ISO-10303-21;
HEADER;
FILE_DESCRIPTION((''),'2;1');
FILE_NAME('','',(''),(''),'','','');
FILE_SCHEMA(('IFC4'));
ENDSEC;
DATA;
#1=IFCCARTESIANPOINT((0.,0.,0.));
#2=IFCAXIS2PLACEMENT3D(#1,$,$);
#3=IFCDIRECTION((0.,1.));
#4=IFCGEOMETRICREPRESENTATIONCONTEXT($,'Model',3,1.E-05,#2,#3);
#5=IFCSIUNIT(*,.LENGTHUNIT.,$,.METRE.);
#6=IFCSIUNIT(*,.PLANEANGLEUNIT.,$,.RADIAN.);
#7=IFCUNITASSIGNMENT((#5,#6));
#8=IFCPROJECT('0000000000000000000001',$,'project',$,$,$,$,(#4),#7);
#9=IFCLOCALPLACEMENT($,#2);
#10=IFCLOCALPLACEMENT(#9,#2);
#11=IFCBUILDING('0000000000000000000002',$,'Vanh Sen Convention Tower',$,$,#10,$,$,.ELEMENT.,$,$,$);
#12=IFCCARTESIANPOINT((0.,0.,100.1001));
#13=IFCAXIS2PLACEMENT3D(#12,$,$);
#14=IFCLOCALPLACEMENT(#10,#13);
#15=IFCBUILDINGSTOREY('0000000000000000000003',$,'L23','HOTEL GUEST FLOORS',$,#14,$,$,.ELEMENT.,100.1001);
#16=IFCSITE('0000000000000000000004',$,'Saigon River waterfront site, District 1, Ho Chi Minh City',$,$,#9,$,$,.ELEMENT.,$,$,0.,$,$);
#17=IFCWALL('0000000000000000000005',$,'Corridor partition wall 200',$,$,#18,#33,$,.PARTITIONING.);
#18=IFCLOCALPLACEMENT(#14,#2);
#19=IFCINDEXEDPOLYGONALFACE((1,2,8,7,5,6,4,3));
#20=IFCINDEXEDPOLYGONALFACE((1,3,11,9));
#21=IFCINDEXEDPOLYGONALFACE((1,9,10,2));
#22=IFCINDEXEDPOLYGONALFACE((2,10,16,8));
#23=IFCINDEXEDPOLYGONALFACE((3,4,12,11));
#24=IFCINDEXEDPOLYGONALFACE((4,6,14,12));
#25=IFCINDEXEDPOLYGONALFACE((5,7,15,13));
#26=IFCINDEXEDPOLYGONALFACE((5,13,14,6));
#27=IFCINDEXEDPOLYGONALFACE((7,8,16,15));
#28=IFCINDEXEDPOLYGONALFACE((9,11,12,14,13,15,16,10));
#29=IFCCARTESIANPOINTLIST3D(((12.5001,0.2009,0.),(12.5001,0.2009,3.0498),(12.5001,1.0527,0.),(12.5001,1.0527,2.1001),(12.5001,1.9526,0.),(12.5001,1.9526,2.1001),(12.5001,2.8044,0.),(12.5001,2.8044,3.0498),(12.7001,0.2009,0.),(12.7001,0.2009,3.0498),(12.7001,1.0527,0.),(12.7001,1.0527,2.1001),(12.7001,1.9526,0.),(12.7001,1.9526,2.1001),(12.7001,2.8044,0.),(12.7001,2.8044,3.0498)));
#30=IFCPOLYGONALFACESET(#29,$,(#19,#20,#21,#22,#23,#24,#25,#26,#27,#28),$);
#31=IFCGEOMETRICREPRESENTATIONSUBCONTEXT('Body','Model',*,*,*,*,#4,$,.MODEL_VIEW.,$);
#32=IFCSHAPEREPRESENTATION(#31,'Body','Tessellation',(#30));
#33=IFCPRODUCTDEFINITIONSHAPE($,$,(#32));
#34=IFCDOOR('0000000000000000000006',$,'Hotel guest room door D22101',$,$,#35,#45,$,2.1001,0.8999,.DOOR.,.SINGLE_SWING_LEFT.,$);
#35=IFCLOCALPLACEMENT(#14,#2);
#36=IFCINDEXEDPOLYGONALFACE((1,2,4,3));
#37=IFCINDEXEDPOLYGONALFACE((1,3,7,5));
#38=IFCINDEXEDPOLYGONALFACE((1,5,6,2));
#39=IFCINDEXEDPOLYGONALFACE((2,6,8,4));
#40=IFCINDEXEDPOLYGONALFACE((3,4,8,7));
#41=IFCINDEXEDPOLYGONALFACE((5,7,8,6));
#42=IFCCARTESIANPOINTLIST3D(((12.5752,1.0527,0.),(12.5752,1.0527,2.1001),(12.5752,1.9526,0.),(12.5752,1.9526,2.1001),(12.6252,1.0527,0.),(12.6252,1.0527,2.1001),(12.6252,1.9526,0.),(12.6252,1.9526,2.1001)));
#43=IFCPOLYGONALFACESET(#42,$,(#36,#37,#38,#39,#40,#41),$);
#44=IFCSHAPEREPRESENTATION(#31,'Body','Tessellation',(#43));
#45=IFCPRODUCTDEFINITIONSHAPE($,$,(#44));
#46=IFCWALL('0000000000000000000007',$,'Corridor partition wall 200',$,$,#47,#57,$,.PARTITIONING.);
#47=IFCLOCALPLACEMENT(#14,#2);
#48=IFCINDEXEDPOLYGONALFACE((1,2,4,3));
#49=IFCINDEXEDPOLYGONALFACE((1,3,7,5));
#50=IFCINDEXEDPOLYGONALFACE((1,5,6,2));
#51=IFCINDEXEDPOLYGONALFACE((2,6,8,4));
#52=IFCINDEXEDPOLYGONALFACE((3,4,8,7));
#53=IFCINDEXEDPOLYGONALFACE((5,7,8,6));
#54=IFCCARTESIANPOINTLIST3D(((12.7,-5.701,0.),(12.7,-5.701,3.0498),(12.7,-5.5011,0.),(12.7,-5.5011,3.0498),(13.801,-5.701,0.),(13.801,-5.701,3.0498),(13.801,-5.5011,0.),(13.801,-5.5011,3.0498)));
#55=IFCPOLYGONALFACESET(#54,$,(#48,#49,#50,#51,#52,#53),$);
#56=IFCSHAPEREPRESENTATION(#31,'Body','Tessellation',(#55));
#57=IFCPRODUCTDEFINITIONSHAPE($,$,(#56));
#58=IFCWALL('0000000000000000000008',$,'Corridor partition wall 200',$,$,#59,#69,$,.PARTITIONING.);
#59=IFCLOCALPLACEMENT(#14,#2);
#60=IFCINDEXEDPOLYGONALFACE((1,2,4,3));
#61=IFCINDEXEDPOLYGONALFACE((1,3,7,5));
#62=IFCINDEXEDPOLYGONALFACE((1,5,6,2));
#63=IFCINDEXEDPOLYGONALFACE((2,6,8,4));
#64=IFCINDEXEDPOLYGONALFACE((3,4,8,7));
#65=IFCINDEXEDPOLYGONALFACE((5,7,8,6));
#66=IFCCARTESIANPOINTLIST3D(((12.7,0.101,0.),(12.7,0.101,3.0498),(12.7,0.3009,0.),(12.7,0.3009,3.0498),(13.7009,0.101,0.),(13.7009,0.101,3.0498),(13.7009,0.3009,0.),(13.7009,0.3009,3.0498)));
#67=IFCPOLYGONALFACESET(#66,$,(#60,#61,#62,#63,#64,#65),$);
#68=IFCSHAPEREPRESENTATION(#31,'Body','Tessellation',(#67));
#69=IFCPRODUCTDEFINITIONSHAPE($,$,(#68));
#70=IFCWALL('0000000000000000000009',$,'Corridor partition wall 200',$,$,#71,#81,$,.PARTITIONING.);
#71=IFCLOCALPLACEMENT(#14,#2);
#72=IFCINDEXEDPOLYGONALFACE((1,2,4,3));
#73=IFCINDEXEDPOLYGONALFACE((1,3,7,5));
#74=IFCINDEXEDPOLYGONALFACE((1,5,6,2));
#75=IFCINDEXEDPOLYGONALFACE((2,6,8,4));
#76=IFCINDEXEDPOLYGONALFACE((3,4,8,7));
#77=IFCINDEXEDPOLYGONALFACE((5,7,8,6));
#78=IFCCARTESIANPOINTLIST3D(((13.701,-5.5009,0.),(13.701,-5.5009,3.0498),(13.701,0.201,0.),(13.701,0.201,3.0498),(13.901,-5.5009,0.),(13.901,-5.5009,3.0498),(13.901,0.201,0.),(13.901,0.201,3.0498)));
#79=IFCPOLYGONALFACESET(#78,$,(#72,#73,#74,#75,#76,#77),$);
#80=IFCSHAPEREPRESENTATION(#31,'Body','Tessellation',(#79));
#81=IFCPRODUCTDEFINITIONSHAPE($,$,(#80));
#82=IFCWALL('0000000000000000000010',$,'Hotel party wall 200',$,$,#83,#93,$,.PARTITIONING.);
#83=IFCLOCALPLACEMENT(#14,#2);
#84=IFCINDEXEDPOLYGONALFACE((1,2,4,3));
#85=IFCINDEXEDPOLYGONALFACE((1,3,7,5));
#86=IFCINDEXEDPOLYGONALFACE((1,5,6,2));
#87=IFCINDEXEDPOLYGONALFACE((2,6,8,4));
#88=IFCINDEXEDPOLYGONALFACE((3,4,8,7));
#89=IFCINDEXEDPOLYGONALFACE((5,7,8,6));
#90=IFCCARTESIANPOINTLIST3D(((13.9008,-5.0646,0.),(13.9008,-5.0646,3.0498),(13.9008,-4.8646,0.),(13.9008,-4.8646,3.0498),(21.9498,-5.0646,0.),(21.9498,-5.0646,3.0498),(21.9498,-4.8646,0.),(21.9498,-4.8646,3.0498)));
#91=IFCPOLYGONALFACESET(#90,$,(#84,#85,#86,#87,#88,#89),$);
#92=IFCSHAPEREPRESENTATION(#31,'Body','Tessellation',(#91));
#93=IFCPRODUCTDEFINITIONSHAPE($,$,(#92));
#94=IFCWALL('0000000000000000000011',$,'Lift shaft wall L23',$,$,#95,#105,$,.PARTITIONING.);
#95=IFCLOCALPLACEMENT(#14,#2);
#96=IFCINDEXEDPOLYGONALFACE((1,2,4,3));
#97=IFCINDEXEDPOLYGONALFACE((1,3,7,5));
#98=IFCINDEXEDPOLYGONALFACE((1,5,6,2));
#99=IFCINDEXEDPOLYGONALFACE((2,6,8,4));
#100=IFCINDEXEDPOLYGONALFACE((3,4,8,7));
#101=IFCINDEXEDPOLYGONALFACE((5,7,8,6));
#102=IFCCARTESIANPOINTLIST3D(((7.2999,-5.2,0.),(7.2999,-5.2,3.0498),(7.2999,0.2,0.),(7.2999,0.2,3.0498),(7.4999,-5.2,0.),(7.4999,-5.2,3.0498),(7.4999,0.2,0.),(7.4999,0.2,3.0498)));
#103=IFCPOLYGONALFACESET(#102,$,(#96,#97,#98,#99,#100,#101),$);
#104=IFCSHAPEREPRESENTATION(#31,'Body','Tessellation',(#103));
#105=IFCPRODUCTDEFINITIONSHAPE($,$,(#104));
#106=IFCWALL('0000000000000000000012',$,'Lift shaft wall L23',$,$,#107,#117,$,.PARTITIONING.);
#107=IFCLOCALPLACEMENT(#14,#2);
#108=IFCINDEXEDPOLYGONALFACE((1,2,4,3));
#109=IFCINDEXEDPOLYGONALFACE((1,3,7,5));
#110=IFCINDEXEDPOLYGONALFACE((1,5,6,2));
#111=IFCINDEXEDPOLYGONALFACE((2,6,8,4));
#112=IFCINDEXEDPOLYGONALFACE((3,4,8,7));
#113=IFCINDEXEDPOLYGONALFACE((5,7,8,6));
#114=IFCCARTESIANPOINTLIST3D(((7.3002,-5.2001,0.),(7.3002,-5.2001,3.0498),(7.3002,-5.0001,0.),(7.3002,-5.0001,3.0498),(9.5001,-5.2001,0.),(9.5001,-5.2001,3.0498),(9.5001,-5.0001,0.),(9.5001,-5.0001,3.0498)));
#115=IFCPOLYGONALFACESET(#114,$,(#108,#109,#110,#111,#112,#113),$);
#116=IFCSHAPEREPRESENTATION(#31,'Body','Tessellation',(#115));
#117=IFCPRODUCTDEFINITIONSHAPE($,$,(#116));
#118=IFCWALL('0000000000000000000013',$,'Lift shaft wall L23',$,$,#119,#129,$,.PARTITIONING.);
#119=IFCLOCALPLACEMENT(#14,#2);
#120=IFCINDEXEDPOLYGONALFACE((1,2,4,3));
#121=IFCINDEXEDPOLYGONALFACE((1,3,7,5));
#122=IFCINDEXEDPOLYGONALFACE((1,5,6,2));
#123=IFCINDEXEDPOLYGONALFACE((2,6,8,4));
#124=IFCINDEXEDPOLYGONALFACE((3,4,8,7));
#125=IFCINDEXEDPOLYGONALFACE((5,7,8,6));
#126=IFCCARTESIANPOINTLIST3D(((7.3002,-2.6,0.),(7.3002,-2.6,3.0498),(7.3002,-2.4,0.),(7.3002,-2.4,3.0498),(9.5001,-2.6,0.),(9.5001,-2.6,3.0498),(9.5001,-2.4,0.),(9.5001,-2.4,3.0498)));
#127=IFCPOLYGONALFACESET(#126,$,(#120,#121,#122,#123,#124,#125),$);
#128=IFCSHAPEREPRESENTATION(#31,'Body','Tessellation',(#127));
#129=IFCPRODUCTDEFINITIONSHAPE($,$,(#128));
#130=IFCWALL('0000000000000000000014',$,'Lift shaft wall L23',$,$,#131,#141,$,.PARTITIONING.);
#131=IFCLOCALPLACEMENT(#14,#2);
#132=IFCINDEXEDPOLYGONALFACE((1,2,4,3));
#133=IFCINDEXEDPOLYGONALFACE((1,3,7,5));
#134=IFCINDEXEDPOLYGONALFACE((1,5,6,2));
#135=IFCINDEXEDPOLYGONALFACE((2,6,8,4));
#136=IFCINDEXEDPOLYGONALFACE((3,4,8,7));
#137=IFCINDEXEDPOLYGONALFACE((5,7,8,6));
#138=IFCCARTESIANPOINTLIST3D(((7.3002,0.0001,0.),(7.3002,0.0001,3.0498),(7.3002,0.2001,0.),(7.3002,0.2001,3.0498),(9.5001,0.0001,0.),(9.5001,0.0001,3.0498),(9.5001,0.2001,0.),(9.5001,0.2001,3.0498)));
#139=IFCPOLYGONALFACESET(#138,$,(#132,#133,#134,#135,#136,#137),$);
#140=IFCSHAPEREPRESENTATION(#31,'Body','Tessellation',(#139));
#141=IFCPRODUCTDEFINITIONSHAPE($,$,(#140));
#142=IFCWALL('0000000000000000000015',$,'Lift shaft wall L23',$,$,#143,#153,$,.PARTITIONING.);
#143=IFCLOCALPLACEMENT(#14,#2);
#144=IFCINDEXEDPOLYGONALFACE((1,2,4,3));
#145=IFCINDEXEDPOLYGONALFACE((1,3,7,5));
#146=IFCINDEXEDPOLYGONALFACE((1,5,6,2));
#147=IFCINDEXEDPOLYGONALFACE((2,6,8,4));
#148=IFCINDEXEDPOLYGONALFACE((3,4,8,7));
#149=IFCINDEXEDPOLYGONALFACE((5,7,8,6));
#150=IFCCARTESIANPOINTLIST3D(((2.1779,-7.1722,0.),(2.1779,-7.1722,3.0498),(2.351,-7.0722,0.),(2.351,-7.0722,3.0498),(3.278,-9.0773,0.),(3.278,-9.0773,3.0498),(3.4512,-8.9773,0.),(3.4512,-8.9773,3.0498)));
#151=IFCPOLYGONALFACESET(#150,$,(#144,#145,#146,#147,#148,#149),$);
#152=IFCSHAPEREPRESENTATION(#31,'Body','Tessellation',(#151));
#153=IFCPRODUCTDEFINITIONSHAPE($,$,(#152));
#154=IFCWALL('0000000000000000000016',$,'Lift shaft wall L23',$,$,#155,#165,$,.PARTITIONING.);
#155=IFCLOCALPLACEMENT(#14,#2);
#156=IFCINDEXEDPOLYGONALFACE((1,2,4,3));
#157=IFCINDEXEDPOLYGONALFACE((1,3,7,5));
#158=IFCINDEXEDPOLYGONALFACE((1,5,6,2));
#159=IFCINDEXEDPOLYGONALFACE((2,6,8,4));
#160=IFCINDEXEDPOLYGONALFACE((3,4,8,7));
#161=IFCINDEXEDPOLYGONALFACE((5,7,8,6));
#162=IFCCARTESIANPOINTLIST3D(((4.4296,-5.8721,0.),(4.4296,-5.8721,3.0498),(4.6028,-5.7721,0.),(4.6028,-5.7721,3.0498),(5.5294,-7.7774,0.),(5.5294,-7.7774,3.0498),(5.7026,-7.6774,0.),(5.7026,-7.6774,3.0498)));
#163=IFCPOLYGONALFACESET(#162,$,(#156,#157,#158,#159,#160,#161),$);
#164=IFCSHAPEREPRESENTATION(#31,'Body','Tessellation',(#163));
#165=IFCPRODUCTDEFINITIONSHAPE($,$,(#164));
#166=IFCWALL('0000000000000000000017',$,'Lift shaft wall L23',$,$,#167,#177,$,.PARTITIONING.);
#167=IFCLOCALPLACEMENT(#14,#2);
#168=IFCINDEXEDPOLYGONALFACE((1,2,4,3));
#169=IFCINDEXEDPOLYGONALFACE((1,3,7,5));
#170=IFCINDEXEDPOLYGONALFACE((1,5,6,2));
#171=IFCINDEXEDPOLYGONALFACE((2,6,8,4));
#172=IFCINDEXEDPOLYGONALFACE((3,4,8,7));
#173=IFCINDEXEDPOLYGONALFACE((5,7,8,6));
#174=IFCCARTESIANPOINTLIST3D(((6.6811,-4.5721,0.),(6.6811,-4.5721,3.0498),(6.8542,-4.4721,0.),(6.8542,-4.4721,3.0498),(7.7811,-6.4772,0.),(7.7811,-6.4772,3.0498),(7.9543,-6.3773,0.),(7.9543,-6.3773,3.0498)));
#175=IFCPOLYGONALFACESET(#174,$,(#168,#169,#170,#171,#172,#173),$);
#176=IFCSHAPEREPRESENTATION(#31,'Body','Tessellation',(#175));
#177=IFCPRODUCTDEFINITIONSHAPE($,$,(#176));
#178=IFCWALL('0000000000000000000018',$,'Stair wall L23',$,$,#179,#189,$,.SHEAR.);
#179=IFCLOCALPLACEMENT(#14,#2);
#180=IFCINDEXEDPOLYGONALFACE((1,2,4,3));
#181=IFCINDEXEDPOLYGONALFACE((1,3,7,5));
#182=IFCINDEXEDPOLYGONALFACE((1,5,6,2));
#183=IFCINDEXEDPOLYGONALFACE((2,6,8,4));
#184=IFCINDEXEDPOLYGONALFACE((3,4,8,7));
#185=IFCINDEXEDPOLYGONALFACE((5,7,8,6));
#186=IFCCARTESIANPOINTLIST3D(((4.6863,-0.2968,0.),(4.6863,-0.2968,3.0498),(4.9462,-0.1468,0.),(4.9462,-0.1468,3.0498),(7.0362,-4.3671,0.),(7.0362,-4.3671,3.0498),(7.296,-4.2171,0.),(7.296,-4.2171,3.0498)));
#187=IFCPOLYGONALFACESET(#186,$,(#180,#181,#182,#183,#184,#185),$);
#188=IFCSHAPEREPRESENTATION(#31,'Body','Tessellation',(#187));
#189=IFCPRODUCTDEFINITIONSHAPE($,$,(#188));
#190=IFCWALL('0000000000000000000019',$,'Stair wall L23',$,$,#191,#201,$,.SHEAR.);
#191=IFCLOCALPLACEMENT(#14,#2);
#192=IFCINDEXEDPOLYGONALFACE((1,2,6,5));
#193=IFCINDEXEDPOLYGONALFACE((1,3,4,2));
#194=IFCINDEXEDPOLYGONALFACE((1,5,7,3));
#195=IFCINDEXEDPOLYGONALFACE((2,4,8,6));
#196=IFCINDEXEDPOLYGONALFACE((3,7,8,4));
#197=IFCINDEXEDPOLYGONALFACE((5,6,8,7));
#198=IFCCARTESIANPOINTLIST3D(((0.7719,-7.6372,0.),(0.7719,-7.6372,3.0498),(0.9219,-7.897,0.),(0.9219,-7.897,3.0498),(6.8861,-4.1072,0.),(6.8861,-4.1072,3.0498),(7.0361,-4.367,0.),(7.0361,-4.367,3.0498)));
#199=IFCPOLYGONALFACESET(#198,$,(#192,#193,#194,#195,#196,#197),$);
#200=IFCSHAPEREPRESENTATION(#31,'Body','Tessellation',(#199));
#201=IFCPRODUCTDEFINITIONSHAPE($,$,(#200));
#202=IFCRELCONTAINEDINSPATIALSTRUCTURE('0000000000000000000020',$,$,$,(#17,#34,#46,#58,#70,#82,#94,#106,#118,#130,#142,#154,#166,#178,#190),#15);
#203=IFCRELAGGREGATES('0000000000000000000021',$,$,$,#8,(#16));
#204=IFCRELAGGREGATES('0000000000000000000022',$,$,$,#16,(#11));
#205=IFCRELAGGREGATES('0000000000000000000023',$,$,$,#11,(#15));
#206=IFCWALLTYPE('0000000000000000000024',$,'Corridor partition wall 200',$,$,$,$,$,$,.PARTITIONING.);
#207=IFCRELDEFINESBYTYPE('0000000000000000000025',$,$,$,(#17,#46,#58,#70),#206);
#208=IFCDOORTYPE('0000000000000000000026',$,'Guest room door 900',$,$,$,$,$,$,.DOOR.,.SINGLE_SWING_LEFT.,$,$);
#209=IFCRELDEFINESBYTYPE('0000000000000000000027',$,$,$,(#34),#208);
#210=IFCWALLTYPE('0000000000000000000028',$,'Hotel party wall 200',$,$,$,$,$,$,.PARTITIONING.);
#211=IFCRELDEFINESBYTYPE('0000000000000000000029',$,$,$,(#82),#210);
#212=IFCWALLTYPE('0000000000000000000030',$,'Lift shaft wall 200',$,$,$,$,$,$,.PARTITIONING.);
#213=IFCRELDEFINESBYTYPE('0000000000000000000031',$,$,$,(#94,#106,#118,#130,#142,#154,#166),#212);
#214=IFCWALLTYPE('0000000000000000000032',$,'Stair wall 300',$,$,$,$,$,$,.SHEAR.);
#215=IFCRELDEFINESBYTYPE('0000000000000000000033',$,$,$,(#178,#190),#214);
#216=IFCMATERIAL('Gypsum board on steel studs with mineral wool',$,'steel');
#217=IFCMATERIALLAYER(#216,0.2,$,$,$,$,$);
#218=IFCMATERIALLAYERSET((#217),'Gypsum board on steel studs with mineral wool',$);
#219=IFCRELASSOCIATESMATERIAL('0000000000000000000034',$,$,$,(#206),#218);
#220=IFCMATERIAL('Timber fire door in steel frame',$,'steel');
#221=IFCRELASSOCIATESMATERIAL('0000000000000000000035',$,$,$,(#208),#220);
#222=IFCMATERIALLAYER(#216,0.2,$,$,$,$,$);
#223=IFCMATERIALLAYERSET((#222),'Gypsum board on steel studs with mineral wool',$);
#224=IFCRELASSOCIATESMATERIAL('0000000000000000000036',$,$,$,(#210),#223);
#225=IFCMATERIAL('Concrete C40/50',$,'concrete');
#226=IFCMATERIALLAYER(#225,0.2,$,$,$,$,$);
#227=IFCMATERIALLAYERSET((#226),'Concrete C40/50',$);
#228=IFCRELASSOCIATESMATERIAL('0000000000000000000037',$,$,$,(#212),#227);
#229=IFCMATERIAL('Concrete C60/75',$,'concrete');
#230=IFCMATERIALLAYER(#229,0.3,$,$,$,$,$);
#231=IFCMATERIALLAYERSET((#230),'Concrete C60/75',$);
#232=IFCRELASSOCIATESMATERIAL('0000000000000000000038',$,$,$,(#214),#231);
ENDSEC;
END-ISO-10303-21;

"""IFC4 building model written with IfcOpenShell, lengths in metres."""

from ifc_helpers import new_model, si_unit, direction, frame, frame_2d, origin, place, context, subcontext, project, spatial, rectangle, extrude, material, layer, layer_set, type_object, element, fill, save


model = new_model("IFC4")

# Units and contexts
model_context = context("Model", 3, precision=1e-05, world=origin(), true_north=direction((0.0, 1.0)))
body_context = subcontext(model_context, "Body", "Model", "MODEL_VIEW")
ifc_project = project(units=[si_unit("LENGTHUNIT", "METRE"), si_unit("PLANEANGLEUNIT", "RADIAN")], contexts=[model_context])

# Site, building, storey
site_placement = place(None, origin())
site = spatial("IfcSite", under=ifc_project, at=site_placement, Name="Saigon River waterfront site, District 1, Ho Chi Minh City", CompositionType="ELEMENT", RefElevation=0.0)
building_placement = place(site_placement, origin())
building = spatial("IfcBuilding", under=site, at=building_placement, Name="Vanh Sen Convention Tower", CompositionType="ELEMENT")
storey_placement = place(building_placement, frame((0.0, 0.0, 100.1001)))
storey = spatial("IfcBuildingStorey", under=building, at=storey_placement, Name="L23", Description="HOTEL GUEST FLOORS", CompositionType="ELEMENT", Elevation=100.1001)

# Shared definitions
ifc_material_1 = material(Name="Gypsum board on steel studs with mineral wool", Category="steel")
ifc_layer_1 = layer(ifc_material_1, 0.2)
ifc_layer_set_1 = layer_set([ifc_layer_1], Name="Gypsum board on steel studs with mineral wool")
wall_type_1 = type_object("IfcWallType", Name="Corridor partition wall 200", PredefinedType="PARTITIONING", material=ifc_layer_set_1)

# Shared definitions
ifc_material_2 = material(Name="Timber fire door in steel frame", Category="steel")
door_type_1 = type_object("IfcDoorType", Name="Guest room door 900", OperationType="SINGLE_SWING_LEFT", PredefinedType="DOOR", material=ifc_material_2)

# Wall, opening, door
wall_1_placement = place(storey_placement, frame((12.6001, 0.2009, 0.0), z_axis=(0.0, 0.0, 1.0), x_axis=(0.0, 1.0, 0.0)))
wall_1 = element("IfcWall", 1, at=wall_1_placement, inside=storey, type_object=wall_type_1, Name="Corridor partition wall 200", PredefinedType="PARTITIONING", context=body_context, shape_type="SweptSolid", body=[
    extrude(rectangle(XDim=2.6035, YDim=0.2, at=frame_2d((1.3018, 0.0))), origin(), (0.0, 0.0, 1.0), 3.0498),
])
opening_1_placement = place(wall_1_placement, frame((0.8518, 0.0, 0.0)))
opening_1 = element("IfcOpeningElement", 2, at=opening_1_placement, cuts=wall_1, PredefinedType="OPENING", context=body_context, shape_type="SweptSolid", body=[
    extrude(rectangle(XDim=0.8999, YDim=2.1001, at=frame_2d((0.45, 1.05))), frame((0.0, 0.1099, 0.0), z_axis=(0.0, -1.0, 0.0), x_axis=(1.0, 0.0, 0.0)), (0.0, 0.0, 1.0), 0.22),
])
door_1_placement = place(opening_1_placement, origin())
door_1 = element("IfcDoor", 3, at=door_1_placement, inside=storey, type_object=door_type_1, Name="Hotel guest room door D22101", OperationType="SINGLE_SWING_LEFT", OverallHeight=2.1001, OverallWidth=0.8999, PredefinedType="DOOR", context=body_context, shape_type="SweptSolid", body=[
    extrude(rectangle(XDim=0.8999, YDim=2.1001, at=frame_2d((0.45, 1.05))), frame((0.0, 0.0249, 0.0), z_axis=(0.0, -1.0, 0.0), x_axis=(1.0, 0.0, 0.0)), (0.0, 0.0, 1.0), 0.05),
])
fill(opening_1, door_1)

# Walls
wall_2_placement = place(storey_placement, frame((12.7, -5.6011, 0.0), z_axis=(0.0, 0.0, 1.0), x_axis=(1.0, 0.0, 0.0)))
element("IfcWall", 4, at=wall_2_placement, inside=storey, type_object=wall_type_1, Name="Corridor partition wall 200", PredefinedType="PARTITIONING", context=body_context, shape_type="SweptSolid", body=[
    extrude(rectangle(XDim=1.1011, YDim=0.2, at=frame_2d((0.5505, 0.0))), origin(), (0.0, 0.0, 1.0), 3.0498),
])
wall_3_placement = place(storey_placement, frame((13.7009, 0.2009, 0.0), z_axis=(0.0, 0.0, 1.0), x_axis=(-1.0, 0.0, 0.0)))
element("IfcWall", 5, at=wall_3_placement, inside=storey, type_object=wall_type_1, Name="Corridor partition wall 200", PredefinedType="PARTITIONING", context=body_context, shape_type="SweptSolid", body=[
    extrude(rectangle(XDim=1.001, YDim=0.2, at=frame_2d((0.5005, 0.0))), origin(), (0.0, 0.0, 1.0), 3.0498),
])
wall_4_placement = place(storey_placement, frame((13.801, -5.501, 0.0), z_axis=(0.0, 0.0, 1.0), x_axis=(0.0, 1.0, 0.0)))
element("IfcWall", 6, at=wall_4_placement, inside=storey, type_object=wall_type_1, Name="Corridor partition wall 200", PredefinedType="PARTITIONING", context=body_context, shape_type="SweptSolid", body=[
    extrude(rectangle(XDim=5.7019, YDim=0.2, at=frame_2d((2.8511, 0.0))), origin(), (0.0, 0.0, 1.0), 3.0498),
])
ifc_layer_2 = layer(ifc_material_1, 0.2)
ifc_layer_set_2 = layer_set([ifc_layer_2], Name="Gypsum board on steel studs with mineral wool")
wall_type_2 = type_object("IfcWallType", Name="Hotel party wall 200", PredefinedType="PARTITIONING", material=ifc_layer_set_2)
wall_5_placement = place(storey_placement, frame((13.9009, -4.9646, 0.0), z_axis=(0.0, 0.0, 1.0), x_axis=(1.0, 0.0, 0.0)))
element("IfcWall", 7, at=wall_5_placement, inside=storey, type_object=wall_type_2, Name="Hotel party wall 200", PredefinedType="PARTITIONING", context=body_context, shape_type="SweptSolid", body=[
    extrude(rectangle(XDim=8.0491, YDim=0.2, at=frame_2d((4.0244, 0.0))), origin(), (0.0, 0.0, 1.0), 3.0498),
])
ifc_material_3 = material(Name="Concrete C40/50", Category="concrete")
ifc_layer_3 = layer(ifc_material_3, 0.2)
ifc_layer_set_3 = layer_set([ifc_layer_3], Name="Concrete C40/50")
wall_type_3 = type_object("IfcWallType", Name="Lift shaft wall 200", PredefinedType="PARTITIONING", material=ifc_layer_set_3)
wall_6_placement = place(storey_placement, frame((7.3999, -5.2, 0.0), z_axis=(0.0, 0.0, 1.0), x_axis=(0.0, 1.0, 0.0)))
element("IfcWall", 8, at=wall_6_placement, inside=storey, type_object=wall_type_3, Name="Lift shaft wall L23", PredefinedType="PARTITIONING", context=body_context, shape_type="SweptSolid", body=[
    extrude(rectangle(XDim=5.3999, YDim=0.2, at=frame_2d((2.7, 0.0))), origin(), (0.0, 0.0, 1.0), 3.0498),
])
for number, where, z_axis, x_axis, name in (
    (9, (7.3, -5.1001, 0.0), (0.0, 0.0, 1.0), (1.0, 0.0, 0.0), "Lift shaft wall L23"),
    (10, (7.3, -2.5, 0.0), (0.0, 0.0, 1.0), (1.0, 0.0, 0.0), "Lift shaft wall L23"),
    (11, (7.3, 0.1001, 0.0), (0.0, 0.0, 1.0), (1.0, 0.0, 0.0), "Lift shaft wall L23"),
    (12, (2.2644, -7.1221, 0.0), (0.0, 0.0, 1.0), (0.500078, -0.86598, 0.0), "Lift shaft wall L23"),
    (13, (4.5161, -5.822, 0.0), (0.0, 0.0, 1.0), (0.499947, -0.866056, 0.0), "Lift shaft wall L23"),
    (14, (6.7676, -4.522, 0.0), (0.0, 0.0, 1.0), (0.50003, -0.866008, 0.0), "Lift shaft wall L23"),
):
    element("IfcWall", number, at=place(storey_placement, frame(where, z_axis=z_axis, x_axis=x_axis)), inside=storey, type_object=wall_type_3, Name=name, PredefinedType="PARTITIONING", context=body_context, shape_type="SweptSolid", body=[
        extrude(rectangle(XDim=2.2, YDim=0.2, at=frame_2d((1.1001, 0.0))), origin(), (0.0, 0.0, 1.0), 3.0498),
    ])
ifc_material_4 = material(Name="Concrete C60/75", Category="concrete")
ifc_layer_4 = layer(ifc_material_4, 0.3)
ifc_layer_set_4 = layer_set([ifc_layer_4], Name="Concrete C60/75")
wall_type_4 = type_object("IfcWallType", Name="Stair wall 300", PredefinedType="SHEAR", material=ifc_layer_set_4)
wall_7_placement = place(storey_placement, frame((4.8162, -0.2217, 0.0), z_axis=(0.0, 0.0, 1.0), x_axis=(0.499977, -0.866039, 0.0)))
element("IfcWall", 15, at=wall_7_placement, inside=storey, type_object=wall_type_4, Name="Stair wall L23", PredefinedType="SHEAR", context=body_context, shape_type="SweptSolid", body=[
    extrude(rectangle(XDim=4.7, YDim=0.3, at=frame_2d((2.3501, 0.0))), origin(), (0.0, 0.0, 1.0), 3.0498),
])
wall_8_placement = place(storey_placement, frame((0.8469, -7.7671, 0.0), z_axis=(0.0, 0.0, 1.0), x_axis=(0.866028, 0.499996, 0.0)))
element("IfcWall", 16, at=wall_8_placement, inside=storey, type_object=wall_type_4, Name="Stair wall L23", PredefinedType="SHEAR", context=body_context, shape_type="SweptSolid", body=[
    extrude(rectangle(XDim=7.0601, YDim=0.3, at=frame_2d((3.53, 0.0))), origin(), (0.0, 0.0, 1.0), 3.0498),
])

save(model, "model.ifc")
